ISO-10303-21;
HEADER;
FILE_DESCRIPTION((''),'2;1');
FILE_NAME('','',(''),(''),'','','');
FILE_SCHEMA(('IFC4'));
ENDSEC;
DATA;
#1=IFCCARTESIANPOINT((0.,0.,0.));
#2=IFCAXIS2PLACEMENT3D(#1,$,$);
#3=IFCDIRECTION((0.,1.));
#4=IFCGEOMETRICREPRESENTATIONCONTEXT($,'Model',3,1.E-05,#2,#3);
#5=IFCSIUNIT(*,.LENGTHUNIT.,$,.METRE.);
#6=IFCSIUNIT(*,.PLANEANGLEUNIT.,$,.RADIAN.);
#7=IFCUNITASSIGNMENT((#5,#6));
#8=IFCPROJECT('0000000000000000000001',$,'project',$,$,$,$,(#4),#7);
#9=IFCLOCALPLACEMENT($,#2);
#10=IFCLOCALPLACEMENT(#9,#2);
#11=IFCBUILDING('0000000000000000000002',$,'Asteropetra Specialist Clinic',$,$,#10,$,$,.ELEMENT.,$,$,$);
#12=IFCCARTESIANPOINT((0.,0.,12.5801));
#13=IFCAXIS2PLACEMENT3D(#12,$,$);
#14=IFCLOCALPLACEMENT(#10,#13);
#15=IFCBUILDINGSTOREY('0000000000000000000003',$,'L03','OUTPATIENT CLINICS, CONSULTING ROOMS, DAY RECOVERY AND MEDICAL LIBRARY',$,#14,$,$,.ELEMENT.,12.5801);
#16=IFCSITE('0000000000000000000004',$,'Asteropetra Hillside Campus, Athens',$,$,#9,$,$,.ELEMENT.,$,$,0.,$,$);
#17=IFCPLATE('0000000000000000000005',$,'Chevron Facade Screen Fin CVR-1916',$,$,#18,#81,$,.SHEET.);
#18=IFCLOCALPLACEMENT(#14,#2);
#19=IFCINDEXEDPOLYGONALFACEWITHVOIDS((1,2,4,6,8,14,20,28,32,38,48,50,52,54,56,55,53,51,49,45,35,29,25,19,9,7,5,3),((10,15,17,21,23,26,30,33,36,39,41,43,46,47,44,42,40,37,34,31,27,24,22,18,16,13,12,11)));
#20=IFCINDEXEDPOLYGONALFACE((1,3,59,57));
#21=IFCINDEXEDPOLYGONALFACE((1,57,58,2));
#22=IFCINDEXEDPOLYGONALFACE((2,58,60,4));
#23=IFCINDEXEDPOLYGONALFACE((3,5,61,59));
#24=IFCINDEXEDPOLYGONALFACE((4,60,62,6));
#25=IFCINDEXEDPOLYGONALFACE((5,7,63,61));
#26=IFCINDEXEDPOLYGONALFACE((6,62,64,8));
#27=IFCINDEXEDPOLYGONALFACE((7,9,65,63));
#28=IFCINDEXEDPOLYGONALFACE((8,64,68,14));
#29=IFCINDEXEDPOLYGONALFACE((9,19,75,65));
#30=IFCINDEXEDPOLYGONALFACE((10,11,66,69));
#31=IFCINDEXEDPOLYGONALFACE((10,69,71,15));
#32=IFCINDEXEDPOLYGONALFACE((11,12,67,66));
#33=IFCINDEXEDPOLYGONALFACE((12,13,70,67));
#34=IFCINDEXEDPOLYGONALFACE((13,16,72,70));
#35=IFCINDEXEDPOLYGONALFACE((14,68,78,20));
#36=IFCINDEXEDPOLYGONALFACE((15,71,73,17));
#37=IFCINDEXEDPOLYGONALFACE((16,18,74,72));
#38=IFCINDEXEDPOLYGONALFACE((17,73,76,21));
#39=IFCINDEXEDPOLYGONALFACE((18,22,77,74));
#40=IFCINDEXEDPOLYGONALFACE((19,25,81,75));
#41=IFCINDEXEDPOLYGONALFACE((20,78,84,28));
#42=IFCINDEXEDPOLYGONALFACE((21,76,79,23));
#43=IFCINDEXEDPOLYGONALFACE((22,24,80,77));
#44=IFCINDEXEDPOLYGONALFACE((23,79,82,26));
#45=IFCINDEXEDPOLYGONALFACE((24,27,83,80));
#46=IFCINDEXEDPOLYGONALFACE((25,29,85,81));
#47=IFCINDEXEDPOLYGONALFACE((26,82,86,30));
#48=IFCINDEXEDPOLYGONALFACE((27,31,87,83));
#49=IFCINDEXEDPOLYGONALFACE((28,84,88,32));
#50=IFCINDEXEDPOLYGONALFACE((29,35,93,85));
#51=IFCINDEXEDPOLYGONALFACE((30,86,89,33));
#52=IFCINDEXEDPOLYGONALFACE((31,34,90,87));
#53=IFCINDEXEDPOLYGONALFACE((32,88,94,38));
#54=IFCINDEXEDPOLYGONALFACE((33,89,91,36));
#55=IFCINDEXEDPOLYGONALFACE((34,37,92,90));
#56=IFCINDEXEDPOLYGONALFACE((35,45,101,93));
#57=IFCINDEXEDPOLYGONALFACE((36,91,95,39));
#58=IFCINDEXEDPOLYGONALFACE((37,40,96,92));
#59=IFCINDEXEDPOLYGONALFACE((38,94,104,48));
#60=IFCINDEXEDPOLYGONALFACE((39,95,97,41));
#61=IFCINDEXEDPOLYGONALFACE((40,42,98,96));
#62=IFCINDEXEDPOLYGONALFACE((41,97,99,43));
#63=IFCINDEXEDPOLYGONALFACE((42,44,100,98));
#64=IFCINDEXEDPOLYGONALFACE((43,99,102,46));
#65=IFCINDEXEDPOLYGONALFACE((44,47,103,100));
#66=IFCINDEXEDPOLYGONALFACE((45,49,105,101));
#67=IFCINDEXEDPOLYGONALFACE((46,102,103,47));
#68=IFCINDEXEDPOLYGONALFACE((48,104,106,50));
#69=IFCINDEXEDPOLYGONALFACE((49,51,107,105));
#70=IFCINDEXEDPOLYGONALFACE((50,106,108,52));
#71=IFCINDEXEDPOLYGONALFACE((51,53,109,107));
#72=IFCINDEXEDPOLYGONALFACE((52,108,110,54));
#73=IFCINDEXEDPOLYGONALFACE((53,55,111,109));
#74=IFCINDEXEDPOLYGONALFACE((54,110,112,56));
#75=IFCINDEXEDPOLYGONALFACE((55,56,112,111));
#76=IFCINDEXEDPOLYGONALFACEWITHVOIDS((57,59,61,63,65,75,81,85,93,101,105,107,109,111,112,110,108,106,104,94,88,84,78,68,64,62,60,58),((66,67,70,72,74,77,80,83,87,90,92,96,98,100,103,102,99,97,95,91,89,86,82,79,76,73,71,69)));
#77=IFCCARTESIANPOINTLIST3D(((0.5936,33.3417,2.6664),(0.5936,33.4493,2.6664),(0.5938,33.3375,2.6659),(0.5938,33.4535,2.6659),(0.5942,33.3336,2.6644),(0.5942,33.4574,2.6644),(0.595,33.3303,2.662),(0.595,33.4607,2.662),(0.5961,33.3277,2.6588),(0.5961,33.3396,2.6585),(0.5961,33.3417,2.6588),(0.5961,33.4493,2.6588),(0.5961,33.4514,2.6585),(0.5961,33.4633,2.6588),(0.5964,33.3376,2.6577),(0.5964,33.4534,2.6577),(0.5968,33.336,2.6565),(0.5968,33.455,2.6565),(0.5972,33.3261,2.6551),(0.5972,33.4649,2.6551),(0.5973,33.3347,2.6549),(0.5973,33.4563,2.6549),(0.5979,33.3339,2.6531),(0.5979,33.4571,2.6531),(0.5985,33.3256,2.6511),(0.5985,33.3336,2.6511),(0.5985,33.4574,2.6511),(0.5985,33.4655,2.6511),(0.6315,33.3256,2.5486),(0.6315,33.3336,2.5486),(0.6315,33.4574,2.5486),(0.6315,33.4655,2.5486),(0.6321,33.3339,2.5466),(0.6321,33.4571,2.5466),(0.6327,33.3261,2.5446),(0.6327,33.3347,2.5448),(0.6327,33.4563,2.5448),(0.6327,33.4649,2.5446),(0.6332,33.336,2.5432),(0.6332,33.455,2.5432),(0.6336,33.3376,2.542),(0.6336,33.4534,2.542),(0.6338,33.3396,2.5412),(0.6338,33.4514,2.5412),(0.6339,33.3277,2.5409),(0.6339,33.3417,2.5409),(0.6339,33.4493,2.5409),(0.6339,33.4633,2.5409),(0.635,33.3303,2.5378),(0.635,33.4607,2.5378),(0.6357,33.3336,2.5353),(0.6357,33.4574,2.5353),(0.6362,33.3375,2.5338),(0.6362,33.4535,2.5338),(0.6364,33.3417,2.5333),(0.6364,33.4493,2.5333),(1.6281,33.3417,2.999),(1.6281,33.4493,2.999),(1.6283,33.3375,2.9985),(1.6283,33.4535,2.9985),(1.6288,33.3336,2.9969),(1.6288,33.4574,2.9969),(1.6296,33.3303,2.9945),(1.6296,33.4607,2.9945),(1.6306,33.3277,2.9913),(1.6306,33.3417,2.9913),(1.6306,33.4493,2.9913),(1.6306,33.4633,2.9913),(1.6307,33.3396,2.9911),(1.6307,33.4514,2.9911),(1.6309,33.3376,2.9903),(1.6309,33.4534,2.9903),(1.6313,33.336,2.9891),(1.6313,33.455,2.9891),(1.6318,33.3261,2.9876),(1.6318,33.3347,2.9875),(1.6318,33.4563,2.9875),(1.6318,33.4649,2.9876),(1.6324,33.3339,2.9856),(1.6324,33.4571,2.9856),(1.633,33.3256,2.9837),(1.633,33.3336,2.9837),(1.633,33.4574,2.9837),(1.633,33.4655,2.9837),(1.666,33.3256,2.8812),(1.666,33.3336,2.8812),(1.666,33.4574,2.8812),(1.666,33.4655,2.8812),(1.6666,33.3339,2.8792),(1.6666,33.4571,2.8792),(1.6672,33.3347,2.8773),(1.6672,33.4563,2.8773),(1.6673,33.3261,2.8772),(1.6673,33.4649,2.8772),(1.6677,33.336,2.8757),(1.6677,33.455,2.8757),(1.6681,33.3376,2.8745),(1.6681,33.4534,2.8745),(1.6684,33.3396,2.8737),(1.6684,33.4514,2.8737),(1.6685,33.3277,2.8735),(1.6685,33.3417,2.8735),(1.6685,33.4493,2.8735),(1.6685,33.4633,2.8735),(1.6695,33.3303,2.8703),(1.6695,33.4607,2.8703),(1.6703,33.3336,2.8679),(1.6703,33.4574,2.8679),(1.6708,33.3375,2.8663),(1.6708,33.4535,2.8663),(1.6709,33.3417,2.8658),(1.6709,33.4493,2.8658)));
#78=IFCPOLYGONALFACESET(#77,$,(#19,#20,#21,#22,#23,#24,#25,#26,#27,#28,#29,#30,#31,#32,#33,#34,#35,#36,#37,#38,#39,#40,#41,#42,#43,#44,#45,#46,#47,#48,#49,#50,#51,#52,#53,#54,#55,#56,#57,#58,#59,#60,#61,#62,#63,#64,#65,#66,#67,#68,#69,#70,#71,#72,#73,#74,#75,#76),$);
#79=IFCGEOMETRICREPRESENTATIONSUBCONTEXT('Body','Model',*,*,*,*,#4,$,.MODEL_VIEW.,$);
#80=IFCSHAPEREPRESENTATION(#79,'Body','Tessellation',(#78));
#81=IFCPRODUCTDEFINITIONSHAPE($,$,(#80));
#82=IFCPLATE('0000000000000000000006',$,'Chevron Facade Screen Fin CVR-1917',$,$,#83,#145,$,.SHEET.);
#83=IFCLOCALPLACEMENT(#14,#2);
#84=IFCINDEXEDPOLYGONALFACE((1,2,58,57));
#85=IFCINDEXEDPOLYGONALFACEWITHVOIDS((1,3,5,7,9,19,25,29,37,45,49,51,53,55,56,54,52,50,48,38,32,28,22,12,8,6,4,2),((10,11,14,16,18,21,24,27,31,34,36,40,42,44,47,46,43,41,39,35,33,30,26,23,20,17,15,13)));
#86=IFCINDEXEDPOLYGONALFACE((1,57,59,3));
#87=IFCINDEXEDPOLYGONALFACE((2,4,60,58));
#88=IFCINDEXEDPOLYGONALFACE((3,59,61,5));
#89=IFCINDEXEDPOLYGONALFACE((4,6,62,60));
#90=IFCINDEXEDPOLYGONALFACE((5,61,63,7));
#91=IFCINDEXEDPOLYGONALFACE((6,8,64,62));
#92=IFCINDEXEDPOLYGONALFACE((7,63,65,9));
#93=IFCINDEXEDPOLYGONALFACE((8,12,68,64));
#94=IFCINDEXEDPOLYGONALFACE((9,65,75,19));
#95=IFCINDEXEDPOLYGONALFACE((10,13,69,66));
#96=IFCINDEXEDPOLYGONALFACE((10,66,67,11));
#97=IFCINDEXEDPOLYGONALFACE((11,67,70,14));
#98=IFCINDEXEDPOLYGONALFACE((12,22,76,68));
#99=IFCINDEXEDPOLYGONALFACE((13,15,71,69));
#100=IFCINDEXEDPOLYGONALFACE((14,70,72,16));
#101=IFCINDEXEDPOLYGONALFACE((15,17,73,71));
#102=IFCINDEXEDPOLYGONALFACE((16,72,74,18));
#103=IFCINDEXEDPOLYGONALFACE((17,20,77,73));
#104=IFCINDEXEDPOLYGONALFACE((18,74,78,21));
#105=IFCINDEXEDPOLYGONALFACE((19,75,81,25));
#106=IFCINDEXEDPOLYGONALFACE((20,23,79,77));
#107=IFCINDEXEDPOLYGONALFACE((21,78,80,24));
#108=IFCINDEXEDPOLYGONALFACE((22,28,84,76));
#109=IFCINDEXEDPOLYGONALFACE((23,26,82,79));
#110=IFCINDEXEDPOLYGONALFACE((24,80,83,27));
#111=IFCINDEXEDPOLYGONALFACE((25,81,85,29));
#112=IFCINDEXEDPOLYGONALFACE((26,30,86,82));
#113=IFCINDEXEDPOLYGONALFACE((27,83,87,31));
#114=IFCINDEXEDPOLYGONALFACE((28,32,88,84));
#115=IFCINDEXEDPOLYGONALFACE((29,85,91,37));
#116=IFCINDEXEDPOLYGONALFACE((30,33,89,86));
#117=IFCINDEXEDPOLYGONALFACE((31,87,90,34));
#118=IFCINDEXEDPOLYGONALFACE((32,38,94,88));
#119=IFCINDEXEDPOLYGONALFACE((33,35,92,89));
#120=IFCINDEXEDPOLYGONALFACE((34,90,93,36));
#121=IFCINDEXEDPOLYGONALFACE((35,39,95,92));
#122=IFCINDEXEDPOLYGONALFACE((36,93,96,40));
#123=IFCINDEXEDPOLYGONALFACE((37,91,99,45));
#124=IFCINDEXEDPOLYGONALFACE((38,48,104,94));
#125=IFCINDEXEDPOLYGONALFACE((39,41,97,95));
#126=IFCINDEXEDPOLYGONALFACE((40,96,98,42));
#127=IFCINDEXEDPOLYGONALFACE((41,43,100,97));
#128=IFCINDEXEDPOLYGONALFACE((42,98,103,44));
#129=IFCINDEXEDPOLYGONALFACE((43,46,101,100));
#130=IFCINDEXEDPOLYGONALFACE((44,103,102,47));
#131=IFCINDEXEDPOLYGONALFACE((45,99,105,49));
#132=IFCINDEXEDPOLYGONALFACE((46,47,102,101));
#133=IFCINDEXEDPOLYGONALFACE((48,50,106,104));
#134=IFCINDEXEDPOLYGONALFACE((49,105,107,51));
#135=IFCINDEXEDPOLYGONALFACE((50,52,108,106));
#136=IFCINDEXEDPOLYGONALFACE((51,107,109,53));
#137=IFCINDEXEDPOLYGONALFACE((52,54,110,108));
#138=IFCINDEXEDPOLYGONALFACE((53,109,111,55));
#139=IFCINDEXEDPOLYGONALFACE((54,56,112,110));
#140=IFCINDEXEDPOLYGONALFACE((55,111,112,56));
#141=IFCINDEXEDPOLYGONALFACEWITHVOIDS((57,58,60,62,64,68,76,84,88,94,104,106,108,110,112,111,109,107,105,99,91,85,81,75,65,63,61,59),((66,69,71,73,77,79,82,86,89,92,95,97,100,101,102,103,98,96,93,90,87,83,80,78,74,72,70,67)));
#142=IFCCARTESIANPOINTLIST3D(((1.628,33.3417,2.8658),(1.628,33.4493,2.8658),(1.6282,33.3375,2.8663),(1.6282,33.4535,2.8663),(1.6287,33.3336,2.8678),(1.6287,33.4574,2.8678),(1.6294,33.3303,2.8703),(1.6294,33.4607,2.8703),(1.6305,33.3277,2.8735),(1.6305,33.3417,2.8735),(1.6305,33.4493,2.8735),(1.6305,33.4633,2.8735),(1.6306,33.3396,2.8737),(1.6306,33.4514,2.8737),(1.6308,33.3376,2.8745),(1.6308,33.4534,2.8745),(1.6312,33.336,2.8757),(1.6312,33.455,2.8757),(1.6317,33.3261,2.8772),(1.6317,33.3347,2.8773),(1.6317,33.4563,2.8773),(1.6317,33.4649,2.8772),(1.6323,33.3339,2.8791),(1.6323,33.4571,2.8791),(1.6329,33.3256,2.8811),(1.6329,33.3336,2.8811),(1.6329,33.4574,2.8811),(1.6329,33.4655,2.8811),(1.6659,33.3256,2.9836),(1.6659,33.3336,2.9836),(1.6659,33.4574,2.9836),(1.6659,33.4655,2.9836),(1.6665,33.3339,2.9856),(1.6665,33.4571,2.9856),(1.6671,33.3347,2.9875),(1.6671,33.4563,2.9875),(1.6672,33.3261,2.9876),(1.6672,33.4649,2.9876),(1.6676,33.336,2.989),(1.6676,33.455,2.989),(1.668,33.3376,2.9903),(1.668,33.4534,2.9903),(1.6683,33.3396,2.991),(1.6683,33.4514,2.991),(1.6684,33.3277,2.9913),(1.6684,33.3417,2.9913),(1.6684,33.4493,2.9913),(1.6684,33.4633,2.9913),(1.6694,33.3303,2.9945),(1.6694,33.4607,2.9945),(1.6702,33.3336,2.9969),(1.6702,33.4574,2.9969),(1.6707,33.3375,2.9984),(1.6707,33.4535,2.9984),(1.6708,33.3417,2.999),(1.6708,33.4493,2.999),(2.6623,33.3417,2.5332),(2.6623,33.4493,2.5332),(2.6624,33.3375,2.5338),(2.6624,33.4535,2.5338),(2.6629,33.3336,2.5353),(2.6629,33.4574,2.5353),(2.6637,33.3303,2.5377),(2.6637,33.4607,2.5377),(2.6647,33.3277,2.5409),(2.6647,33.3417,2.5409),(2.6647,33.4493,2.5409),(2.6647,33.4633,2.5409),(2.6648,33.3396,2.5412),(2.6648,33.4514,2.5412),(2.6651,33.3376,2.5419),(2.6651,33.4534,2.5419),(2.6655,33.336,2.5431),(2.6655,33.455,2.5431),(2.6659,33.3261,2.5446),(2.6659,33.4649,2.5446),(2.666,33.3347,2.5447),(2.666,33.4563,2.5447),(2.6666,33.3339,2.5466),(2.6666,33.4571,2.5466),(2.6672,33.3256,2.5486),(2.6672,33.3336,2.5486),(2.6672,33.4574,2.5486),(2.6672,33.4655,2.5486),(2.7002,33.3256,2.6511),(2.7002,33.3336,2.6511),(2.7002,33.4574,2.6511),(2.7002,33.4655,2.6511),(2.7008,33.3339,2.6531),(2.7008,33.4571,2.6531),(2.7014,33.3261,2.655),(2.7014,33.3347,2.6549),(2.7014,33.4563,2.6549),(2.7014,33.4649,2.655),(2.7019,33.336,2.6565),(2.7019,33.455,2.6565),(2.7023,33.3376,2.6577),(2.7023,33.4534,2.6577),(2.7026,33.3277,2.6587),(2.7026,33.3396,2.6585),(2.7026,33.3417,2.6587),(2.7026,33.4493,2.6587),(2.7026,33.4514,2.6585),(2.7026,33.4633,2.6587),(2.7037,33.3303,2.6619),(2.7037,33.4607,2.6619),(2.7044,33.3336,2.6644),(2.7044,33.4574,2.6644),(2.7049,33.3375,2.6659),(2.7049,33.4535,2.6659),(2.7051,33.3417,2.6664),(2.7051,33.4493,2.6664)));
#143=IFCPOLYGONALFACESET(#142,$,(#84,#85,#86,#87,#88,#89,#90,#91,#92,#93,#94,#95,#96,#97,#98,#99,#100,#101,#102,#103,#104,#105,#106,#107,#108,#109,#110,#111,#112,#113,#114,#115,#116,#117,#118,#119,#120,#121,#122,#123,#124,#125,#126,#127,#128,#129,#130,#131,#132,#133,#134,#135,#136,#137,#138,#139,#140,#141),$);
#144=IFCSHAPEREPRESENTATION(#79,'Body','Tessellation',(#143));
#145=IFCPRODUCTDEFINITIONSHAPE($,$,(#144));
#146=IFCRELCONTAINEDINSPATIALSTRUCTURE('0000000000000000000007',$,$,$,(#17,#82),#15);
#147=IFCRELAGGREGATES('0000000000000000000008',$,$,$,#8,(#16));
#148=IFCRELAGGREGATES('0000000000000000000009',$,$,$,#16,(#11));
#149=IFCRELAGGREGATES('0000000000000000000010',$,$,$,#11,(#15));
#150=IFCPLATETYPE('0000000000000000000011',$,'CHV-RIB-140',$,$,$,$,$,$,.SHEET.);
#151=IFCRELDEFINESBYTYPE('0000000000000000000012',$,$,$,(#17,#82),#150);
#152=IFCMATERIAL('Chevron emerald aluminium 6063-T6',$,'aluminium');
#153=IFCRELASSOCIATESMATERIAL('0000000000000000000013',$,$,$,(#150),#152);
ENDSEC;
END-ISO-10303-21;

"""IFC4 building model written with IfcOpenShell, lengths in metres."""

from ifc_helpers import new_model, si_unit, direction, frame, origin, origin_2d, place, context, subcontext, project, spatial, hollow_rectangle, extrude, material, material_profile, profile_set, type_object, element, save


model = new_model("IFC4")

# Units and contexts
model_context = context("Model", 3, precision=1e-05, world=origin(), true_north=direction((0.0, 1.0)))
body_context = subcontext(model_context, "Body", "Model", "MODEL_VIEW")
ifc_project = project(units=[si_unit("LENGTHUNIT", "METRE"), si_unit("PLANEANGLEUNIT", "RADIAN")], contexts=[model_context])

# Site, building, storey
site_placement = place(None, origin())
site = spatial("IfcSite", under=ifc_project, at=site_placement, Name="Asteropetra Hillside Campus, Athens", CompositionType="ELEMENT", RefElevation=0.0)
building_placement = place(site_placement, origin())
building = spatial("IfcBuilding", under=site, at=building_placement, Name="Asteropetra Specialist Clinic", CompositionType="ELEMENT")
storey_placement = place(building_placement, frame((0.0, 0.0, 12.5801)))
storey = spatial("IfcBuildingStorey", under=building, at=storey_placement, Name="L03", Description="OUTPATIENT CLINICS, CONSULTING ROOMS, DAY RECOVERY AND MEDICAL LIBRARY", CompositionType="ELEMENT", Elevation=12.5801)

# Plates
ifc_material_1 = material(Name="Chevron emerald aluminium 6063-T6", Category="aluminium")
ifc_material_profile_1 = material_profile(ifc_material_1, hollow_rectangle(XDim=0.1399, YDim=0.1399, WallThickness=0.0081, InnerFilletRadius=0.0081, OuterFilletRadius=0.0161, at=origin_2d()), Name="SHS 140x140x8.0")
ifc_profile_set_1 = profile_set([ifc_material_profile_1], Name="Chevron emerald aluminium 6063-T6")
plate_type = type_object("IfcPlateType", Name="CHV-RIB-140", PredefinedType="SHEET", material=ifc_profile_set_1)
plate_1_placement = place(storey_placement, frame((0.615, 33.3955, 2.5999), z_axis=(0.952022, 0.0, 0.306031), x_axis=(0.0, 1.0, 0.0)))
element("IfcPlate", 1, at=plate_1_placement, inside=storey, type_object=plate_type, Name="Chevron Facade Screen Fin CVR-1916", PredefinedType="SHEET", context=body_context, shape_type="SweptSolid", body=[
    extrude(hollow_rectangle(XDim=0.1399, YDim=0.1399, WallThickness=0.0081, InnerFilletRadius=0.0081, OuterFilletRadius=0.0161, at=origin_2d()), origin(), (0.0, 0.0, 1.0), 1.0867),
])
plate_2_placement = place(storey_placement, frame((1.6494, 33.3955, 2.9324), z_axis=(0.952, 0.0, -0.306096), x_axis=(0.0, 1.0, 0.0)))
element("IfcPlate", 2, at=plate_2_placement, inside=storey, type_object=plate_type, Name="Chevron Facade Screen Fin CVR-1917", PredefinedType="SHEET", context=body_context, shape_type="SweptSolid", body=[
    extrude(hollow_rectangle(XDim=0.1399, YDim=0.1399, WallThickness=0.0081, InnerFilletRadius=0.0081, OuterFilletRadius=0.0161, at=origin_2d()), origin(), (0.0, 0.0, 1.0), 1.0864),
])

save(model, "model.ifc")
